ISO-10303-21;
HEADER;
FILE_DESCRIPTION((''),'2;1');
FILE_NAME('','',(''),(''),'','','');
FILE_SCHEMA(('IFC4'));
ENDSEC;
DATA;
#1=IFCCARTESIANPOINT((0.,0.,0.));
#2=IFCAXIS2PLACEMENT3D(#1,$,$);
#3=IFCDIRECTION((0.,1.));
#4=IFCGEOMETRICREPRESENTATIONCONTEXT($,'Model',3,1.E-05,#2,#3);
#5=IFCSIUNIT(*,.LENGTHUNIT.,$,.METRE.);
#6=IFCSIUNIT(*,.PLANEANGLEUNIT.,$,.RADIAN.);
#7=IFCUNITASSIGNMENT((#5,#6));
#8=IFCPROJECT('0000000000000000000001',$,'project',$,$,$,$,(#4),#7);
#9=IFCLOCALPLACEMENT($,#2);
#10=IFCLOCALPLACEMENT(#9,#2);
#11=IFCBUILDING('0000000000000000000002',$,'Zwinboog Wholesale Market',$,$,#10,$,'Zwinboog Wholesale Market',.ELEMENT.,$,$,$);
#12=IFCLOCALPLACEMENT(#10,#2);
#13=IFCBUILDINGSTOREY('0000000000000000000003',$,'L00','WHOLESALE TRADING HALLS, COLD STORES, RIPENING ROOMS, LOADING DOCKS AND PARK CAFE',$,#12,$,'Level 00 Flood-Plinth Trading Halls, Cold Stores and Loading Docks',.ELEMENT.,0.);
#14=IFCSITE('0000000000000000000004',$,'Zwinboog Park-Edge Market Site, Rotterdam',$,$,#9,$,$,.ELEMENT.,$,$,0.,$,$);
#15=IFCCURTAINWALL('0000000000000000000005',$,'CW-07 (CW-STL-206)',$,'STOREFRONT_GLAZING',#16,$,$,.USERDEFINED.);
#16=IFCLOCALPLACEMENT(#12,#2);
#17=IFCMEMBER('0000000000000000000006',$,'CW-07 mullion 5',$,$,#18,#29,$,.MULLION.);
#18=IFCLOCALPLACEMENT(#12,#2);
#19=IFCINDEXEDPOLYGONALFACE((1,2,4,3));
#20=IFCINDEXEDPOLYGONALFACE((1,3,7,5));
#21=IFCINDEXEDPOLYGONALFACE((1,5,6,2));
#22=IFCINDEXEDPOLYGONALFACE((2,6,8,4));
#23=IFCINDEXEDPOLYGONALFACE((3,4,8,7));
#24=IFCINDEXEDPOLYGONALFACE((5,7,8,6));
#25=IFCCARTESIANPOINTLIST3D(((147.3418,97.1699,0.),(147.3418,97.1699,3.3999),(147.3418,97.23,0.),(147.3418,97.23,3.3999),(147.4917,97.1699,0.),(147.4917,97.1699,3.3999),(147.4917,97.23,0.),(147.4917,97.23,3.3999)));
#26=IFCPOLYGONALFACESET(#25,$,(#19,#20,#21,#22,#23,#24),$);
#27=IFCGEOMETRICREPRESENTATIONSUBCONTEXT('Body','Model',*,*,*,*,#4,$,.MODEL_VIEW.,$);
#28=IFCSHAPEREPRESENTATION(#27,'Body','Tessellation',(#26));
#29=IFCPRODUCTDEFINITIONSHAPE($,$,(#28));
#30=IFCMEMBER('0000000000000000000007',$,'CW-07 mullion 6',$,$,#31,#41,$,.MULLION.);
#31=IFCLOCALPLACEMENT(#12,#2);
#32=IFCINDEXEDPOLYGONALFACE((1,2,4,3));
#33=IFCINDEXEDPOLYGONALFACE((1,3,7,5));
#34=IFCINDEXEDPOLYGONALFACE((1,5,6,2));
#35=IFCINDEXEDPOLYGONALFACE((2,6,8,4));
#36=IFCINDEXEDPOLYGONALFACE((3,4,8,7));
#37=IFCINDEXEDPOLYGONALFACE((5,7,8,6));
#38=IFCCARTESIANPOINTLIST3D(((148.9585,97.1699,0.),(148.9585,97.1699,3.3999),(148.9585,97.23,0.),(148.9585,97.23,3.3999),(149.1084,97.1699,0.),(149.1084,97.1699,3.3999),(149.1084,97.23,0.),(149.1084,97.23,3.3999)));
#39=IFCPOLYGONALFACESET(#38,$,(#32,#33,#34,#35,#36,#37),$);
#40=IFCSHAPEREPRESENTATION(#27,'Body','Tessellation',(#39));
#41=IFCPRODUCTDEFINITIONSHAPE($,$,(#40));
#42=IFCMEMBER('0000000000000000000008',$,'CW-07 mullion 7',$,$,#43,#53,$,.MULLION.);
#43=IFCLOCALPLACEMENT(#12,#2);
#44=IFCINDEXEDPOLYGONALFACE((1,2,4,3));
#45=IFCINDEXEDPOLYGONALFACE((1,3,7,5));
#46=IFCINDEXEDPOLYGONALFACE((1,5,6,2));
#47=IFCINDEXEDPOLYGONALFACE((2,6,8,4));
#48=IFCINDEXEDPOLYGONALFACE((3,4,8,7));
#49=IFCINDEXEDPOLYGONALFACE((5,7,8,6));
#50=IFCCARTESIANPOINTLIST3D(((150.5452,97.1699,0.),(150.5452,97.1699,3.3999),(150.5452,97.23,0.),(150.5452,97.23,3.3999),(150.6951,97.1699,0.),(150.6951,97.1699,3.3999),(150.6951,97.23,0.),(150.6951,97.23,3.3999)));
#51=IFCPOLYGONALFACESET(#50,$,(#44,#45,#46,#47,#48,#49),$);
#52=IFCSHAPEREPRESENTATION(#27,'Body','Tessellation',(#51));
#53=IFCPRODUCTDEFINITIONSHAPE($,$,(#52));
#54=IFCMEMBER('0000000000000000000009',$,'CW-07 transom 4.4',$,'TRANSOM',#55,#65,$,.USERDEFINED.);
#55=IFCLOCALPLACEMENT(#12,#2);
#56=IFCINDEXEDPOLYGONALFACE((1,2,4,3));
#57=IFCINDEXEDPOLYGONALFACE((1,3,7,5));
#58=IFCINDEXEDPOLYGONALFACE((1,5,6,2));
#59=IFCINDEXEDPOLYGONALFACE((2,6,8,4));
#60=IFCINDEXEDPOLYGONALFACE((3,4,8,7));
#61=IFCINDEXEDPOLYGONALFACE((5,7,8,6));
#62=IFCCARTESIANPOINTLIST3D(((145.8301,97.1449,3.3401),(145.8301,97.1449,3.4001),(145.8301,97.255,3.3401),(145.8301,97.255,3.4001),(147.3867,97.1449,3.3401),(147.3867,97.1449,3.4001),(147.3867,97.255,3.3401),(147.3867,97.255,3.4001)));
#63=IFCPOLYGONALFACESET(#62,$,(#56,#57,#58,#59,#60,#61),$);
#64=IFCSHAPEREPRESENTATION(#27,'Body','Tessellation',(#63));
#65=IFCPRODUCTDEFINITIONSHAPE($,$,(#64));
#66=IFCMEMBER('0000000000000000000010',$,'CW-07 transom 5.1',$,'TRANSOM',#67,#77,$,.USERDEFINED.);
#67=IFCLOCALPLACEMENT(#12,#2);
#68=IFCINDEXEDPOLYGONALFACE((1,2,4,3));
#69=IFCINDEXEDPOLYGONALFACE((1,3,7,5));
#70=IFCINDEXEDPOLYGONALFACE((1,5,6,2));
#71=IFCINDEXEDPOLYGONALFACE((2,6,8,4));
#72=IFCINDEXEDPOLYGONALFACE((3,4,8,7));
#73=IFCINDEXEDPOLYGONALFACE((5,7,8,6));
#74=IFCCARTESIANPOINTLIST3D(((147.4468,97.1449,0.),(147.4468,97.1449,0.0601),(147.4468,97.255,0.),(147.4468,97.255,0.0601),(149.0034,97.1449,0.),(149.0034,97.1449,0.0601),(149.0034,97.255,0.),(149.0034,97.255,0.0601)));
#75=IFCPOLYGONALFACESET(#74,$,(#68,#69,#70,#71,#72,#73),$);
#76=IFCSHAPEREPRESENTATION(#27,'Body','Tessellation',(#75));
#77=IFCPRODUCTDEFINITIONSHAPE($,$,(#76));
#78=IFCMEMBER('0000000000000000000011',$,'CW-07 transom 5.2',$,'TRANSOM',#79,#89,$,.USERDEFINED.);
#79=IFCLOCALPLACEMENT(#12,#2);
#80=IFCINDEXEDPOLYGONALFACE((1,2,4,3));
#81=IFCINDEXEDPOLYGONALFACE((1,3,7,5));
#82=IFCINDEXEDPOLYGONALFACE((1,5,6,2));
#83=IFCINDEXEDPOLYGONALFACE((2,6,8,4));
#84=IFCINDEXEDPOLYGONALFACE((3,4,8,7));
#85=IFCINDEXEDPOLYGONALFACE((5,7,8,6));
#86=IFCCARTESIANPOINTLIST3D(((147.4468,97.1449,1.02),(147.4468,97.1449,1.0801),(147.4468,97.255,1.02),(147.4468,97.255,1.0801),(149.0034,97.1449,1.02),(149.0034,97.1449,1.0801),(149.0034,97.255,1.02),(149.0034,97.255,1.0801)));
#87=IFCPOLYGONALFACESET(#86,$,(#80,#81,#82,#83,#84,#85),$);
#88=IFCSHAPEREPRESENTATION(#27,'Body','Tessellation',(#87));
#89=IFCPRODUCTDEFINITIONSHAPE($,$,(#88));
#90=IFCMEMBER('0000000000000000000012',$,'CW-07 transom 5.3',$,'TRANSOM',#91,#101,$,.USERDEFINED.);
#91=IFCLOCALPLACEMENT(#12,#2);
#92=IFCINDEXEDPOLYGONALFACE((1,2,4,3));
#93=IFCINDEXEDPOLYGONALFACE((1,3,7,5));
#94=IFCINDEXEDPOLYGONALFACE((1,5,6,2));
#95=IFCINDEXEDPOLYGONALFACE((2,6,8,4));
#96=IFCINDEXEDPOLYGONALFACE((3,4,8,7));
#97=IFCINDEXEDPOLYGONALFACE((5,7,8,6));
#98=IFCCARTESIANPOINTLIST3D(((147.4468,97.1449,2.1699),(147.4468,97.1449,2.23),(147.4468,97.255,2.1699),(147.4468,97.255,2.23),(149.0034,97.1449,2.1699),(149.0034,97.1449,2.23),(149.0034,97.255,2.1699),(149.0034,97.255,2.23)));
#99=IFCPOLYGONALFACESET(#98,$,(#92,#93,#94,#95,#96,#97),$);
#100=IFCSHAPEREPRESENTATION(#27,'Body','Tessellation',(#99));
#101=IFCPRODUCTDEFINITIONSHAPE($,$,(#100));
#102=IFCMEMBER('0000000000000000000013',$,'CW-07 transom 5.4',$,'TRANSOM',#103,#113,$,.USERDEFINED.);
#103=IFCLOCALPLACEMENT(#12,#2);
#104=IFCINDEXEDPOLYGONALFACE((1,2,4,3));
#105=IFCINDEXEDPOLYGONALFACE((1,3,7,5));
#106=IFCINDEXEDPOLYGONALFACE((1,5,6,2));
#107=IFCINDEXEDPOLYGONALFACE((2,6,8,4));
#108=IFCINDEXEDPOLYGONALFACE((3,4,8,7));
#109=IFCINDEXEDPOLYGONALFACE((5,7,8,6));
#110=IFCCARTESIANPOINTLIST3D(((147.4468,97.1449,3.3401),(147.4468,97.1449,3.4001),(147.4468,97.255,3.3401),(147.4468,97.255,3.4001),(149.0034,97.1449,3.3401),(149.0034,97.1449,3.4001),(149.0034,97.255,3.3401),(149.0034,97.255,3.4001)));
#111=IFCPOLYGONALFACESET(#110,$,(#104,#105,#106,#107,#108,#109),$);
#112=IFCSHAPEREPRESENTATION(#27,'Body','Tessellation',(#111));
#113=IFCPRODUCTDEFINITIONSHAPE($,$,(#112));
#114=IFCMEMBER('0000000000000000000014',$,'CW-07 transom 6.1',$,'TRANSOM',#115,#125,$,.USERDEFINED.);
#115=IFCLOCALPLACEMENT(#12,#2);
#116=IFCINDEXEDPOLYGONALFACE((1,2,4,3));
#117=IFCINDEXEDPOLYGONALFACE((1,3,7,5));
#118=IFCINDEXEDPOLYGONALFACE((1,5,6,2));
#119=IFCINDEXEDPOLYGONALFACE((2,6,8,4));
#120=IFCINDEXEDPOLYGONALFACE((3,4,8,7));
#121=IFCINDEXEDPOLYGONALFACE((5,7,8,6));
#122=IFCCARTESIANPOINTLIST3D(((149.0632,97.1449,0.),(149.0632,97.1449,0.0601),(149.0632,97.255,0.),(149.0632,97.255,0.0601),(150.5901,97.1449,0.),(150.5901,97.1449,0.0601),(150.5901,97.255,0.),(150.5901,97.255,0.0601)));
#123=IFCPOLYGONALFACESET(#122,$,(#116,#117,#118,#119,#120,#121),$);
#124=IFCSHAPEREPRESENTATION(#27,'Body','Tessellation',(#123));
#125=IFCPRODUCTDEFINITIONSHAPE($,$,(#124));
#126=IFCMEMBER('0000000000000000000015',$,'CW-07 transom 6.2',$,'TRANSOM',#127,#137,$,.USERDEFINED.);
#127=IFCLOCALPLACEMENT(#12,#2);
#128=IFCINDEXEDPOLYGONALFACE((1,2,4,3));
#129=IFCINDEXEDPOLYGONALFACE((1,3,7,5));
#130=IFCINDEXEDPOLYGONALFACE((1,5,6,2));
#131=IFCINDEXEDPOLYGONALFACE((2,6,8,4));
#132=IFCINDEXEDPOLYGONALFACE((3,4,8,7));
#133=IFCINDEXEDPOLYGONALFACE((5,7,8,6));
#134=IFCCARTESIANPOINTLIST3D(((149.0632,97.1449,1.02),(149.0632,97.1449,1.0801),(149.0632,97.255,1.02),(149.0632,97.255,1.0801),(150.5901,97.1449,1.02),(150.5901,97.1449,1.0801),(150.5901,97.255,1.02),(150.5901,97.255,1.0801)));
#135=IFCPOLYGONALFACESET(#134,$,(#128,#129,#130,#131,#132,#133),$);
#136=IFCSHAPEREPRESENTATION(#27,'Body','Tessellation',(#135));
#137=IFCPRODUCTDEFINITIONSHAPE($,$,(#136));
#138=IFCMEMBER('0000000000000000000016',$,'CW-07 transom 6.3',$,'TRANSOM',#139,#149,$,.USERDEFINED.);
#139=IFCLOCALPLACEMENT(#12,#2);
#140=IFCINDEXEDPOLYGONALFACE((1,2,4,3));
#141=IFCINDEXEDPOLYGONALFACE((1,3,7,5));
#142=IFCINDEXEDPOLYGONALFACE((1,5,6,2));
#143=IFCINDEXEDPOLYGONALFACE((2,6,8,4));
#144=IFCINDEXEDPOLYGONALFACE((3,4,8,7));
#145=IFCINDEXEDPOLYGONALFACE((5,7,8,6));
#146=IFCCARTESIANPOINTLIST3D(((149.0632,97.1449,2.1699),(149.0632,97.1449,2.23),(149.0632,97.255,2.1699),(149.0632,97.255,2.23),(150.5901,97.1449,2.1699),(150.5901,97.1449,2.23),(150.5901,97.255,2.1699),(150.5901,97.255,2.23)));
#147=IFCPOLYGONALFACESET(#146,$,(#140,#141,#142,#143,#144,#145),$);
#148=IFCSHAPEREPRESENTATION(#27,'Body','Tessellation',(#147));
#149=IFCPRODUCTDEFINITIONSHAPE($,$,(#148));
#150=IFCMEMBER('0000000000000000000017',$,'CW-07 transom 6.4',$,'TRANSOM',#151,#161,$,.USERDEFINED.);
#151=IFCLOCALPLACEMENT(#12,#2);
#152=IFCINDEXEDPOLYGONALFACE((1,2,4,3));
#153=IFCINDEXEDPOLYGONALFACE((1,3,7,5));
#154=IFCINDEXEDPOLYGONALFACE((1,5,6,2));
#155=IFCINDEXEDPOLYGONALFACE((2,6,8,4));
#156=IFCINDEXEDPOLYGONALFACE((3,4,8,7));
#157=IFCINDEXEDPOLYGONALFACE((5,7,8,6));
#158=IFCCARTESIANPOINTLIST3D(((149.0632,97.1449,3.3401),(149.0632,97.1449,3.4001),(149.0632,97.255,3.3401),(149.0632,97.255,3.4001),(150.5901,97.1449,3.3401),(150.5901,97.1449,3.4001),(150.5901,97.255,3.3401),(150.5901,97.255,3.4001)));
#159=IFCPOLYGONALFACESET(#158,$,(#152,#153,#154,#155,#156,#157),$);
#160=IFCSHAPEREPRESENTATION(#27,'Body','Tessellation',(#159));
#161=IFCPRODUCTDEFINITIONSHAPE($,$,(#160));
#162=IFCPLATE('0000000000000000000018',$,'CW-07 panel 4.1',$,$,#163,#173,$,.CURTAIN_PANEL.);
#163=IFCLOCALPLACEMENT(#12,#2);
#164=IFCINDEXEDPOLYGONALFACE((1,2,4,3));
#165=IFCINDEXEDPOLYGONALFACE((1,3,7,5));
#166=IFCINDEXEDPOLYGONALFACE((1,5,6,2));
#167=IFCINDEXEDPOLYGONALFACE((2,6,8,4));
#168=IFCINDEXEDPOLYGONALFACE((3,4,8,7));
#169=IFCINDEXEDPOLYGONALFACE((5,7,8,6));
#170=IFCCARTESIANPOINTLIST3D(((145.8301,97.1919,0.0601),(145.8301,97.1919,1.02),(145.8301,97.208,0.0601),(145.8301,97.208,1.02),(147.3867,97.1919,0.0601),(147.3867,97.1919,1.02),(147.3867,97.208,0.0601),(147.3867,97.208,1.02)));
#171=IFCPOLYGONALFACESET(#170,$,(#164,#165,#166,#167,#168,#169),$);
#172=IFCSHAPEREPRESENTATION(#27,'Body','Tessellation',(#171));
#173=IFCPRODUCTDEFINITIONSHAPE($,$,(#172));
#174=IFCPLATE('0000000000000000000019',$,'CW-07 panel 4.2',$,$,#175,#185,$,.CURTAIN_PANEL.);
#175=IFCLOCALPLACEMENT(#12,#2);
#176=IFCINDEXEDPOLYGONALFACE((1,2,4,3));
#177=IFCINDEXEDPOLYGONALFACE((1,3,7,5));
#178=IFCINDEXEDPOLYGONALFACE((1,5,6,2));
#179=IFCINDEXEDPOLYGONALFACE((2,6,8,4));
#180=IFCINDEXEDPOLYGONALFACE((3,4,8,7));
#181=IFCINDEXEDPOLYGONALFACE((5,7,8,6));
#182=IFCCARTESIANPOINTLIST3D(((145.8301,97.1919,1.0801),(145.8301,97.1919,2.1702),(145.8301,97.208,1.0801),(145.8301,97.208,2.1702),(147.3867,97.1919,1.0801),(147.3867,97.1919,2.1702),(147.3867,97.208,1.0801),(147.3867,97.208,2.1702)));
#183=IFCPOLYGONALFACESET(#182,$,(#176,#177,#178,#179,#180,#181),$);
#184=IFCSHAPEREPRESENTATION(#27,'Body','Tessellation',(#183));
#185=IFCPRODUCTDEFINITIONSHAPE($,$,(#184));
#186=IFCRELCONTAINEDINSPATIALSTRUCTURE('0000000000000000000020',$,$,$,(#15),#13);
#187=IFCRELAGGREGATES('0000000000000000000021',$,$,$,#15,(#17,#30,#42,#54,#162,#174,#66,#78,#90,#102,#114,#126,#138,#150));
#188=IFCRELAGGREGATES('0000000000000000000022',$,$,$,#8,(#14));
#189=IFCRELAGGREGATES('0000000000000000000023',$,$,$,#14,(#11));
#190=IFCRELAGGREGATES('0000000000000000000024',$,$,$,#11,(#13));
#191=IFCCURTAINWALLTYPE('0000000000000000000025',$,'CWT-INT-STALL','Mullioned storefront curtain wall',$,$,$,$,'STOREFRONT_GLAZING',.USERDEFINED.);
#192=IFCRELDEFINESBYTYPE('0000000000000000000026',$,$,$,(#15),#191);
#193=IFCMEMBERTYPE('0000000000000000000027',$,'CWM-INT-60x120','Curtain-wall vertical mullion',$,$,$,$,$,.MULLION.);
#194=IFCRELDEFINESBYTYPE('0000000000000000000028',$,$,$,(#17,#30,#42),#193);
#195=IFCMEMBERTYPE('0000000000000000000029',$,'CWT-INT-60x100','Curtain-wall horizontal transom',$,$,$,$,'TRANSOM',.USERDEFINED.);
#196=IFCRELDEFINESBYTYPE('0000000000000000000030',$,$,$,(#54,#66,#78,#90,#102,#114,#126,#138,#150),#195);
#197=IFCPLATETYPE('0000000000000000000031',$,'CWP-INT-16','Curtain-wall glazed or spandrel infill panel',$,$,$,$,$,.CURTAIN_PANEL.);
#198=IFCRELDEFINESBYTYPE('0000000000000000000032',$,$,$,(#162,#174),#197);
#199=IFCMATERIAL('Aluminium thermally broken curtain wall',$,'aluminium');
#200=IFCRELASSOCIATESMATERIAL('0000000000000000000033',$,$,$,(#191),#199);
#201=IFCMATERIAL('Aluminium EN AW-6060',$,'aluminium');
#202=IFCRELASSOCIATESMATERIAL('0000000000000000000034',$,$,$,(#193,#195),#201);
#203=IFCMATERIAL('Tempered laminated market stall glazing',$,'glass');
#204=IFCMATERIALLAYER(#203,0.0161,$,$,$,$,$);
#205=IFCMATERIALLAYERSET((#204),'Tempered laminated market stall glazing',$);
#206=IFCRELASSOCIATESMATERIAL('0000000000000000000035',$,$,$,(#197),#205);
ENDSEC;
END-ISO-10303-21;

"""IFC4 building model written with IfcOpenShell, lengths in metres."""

from ifc_helpers import new_model, si_unit, direction, frame, origin, origin_2d, place, context, subcontext, project, spatial, rectangle, extrude, material, layer, layer_set, material_profile, profile_set, type_object, element, aggregate, save


model = new_model("IFC4")

# Units and contexts
model_context = context("Model", 3, precision=1e-05, world=origin(), true_north=direction((0.0, 1.0)))
body_context = subcontext(model_context, "Body", "Model", "MODEL_VIEW")
ifc_project = project(units=[si_unit("LENGTHUNIT", "METRE"), si_unit("PLANEANGLEUNIT", "RADIAN")], contexts=[model_context])

# Site, building, storey
site_placement = place(None, origin())
site = spatial("IfcSite", under=ifc_project, at=site_placement, Name="Zwinboog Park-Edge Market Site, Rotterdam", CompositionType="ELEMENT", RefElevation=0.0)
building_placement = place(site_placement, origin())
building = spatial("IfcBuilding", under=site, at=building_placement, Name="Zwinboog Wholesale Market", LongName="Zwinboog Wholesale Market", CompositionType="ELEMENT")
storey_placement = place(building_placement, origin())
storey = spatial("IfcBuildingStorey", under=building, at=storey_placement, Name="L00", Description="WHOLESALE TRADING HALLS, COLD STORES, RIPENING ROOMS, LOADING DOCKS AND PARK CAFE", LongName="Level 00 Flood-Plinth Trading Halls, Cold Stores and Loading Docks", CompositionType="ELEMENT", Elevation=0.0)

# Curtain wall, members, plates
ifc_material_1 = material(Name="Aluminium thermally broken curtain wall", Category="aluminium")
curtain_wall_type = type_object("IfcCurtainWallType", Name="CWT-INT-STALL", Description="Mullioned storefront curtain wall", ElementType="STOREFRONT_GLAZING", PredefinedType="USERDEFINED", material=ifc_material_1)
curtain_wall_placement = place(storey_placement, origin())
curtain_wall = element("IfcCurtainWall", 1, at=curtain_wall_placement, inside=storey, type_object=curtain_wall_type, Name="CW-07 (CW-STL-206)", ObjectType="STOREFRONT_GLAZING", PredefinedType="USERDEFINED")
ifc_material_2 = material(Name="Aluminium EN AW-6060", Category="aluminium")
ifc_material_profile_1 = material_profile(ifc_material_2, rectangle(XDim=0.0601, YDim=0.1499, at=origin_2d()), Name="AL 60x150")
ifc_profile_set_1 = profile_set([ifc_material_profile_1], Name="Aluminium EN AW-6060")
member_type_1 = type_object("IfcMemberType", Name="CWM-INT-60x120", Description="Curtain-wall vertical mullion", PredefinedType="MULLION", material=ifc_profile_set_1)
member_1_placement = place(storey_placement, frame((147.4167, 97.2, 0.0), z_axis=(0.0, 0.0, 1.0), x_axis=(0.0, 1.0, 0.0)))
member_1 = element("IfcMember", 2, at=member_1_placement, type_object=member_type_1, Name="CW-07 mullion 5", PredefinedType="MULLION", context=body_context, shape_type="SweptSolid", body=[
    extrude(rectangle(XDim=0.0601, YDim=0.1499, at=origin_2d()), origin(), (0.0, 0.0, 1.0), 3.3999),
])
member_2_placement = place(storey_placement, frame((149.0334, 97.2, 0.0), z_axis=(0.0, 0.0, 1.0), x_axis=(0.0, 1.0, 0.0)))
member_2 = element("IfcMember", 3, at=member_2_placement, type_object=member_type_1, Name="CW-07 mullion 6", PredefinedType="MULLION", context=body_context, shape_type="SweptSolid", body=[
    extrude(rectangle(XDim=0.0601, YDim=0.1499, at=origin_2d()), origin(), (0.0, 0.0, 1.0), 3.3999),
])
member_3_placement = place(storey_placement, frame((150.6201, 97.2, 0.0), z_axis=(0.0, 0.0, 1.0), x_axis=(0.0, 1.0, 0.0)))
member_3 = element("IfcMember", 4, at=member_3_placement, type_object=member_type_1, Name="CW-07 mullion 7", PredefinedType="MULLION", context=body_context, shape_type="SweptSolid", body=[
    extrude(rectangle(XDim=0.0601, YDim=0.1499, at=origin_2d()), origin(), (0.0, 0.0, 1.0), 3.3999),
])
ifc_material_profile_2 = material_profile(ifc_material_2, rectangle(XDim=0.1101, YDim=0.0601, at=origin_2d()), Name="AL 60x110")
ifc_profile_set_2 = profile_set([ifc_material_profile_2], Name="Aluminium EN AW-6060")
member_type_2 = type_object("IfcMemberType", Name="CWT-INT-60x100", Description="Curtain-wall horizontal transom", ElementType="TRANSOM", PredefinedType="USERDEFINED", material=ifc_profile_set_2)
member_4_placement = place(storey_placement, frame((145.8301, 97.2, 3.3701), z_axis=(1.0, 0.0, 0.0), x_axis=(0.0, 1.0, 0.0)))
member_4 = element("IfcMember", 5, at=member_4_placement, type_object=member_type_2, Name="CW-07 transom 4.4", ObjectType="TRANSOM", PredefinedType="USERDEFINED", context=body_context, shape_type="SweptSolid", body=[
    extrude(rectangle(XDim=0.1101, YDim=0.0601, at=origin_2d()), origin(), (0.0, 0.0, 1.0), 1.5566),
])
member_5_placement = place(storey_placement, frame((147.4468, 97.2, 0.03), z_axis=(1.0, 0.0, 0.0), x_axis=(0.0, 1.0, 0.0)))
member_5 = element("IfcMember", 6, at=member_5_placement, type_object=member_type_2, Name="CW-07 transom 5.1", ObjectType="TRANSOM", PredefinedType="USERDEFINED", context=body_context, shape_type="SweptSolid", body=[
    extrude(rectangle(XDim=0.1101, YDim=0.0601, at=origin_2d()), origin(), (0.0, 0.0, 1.0), 1.5566),
])
member_6_placement = place(storey_placement, frame((147.4468, 97.2, 1.05), z_axis=(1.0, 0.0, 0.0), x_axis=(0.0, 1.0, 0.0)))
member_6 = element("IfcMember", 7, at=member_6_placement, type_object=member_type_2, Name="CW-07 transom 5.2", ObjectType="TRANSOM", PredefinedType="USERDEFINED", context=body_context, shape_type="SweptSolid", body=[
    extrude(rectangle(XDim=0.1101, YDim=0.0601, at=origin_2d()), origin(), (0.0, 0.0, 1.0), 1.5566),
])
member_7_placement = place(storey_placement, frame((147.4468, 97.2, 2.2), z_axis=(1.0, 0.0, 0.0), x_axis=(0.0, 1.0, 0.0)))
member_7 = element("IfcMember", 8, at=member_7_placement, type_object=member_type_2, Name="CW-07 transom 5.3", ObjectType="TRANSOM", PredefinedType="USERDEFINED", context=body_context, shape_type="SweptSolid", body=[
    extrude(rectangle(XDim=0.1101, YDim=0.0601, at=origin_2d()), origin(), (0.0, 0.0, 1.0), 1.5566),
])
member_8_placement = place(storey_placement, frame((147.4468, 97.2, 3.3701), z_axis=(1.0, 0.0, 0.0), x_axis=(0.0, 1.0, 0.0)))
member_8 = element("IfcMember", 9, at=member_8_placement, type_object=member_type_2, Name="CW-07 transom 5.4", ObjectType="TRANSOM", PredefinedType="USERDEFINED", context=body_context, shape_type="SweptSolid", body=[
    extrude(rectangle(XDim=0.1101, YDim=0.0601, at=origin_2d()), origin(), (0.0, 0.0, 1.0), 1.5566),
])
member_9_placement = place(storey_placement, frame((149.0632, 97.2, 0.03), z_axis=(1.0, 0.0, 0.0), x_axis=(0.0, 1.0, 0.0)))
member_9 = element("IfcMember", 10, at=member_9_placement, type_object=member_type_2, Name="CW-07 transom 6.1", ObjectType="TRANSOM", PredefinedType="USERDEFINED", context=body_context, shape_type="SweptSolid", body=[
    extrude(rectangle(XDim=0.1101, YDim=0.0601, at=origin_2d()), origin(), (0.0, 0.0, 1.0), 1.5269),
])
member_10_placement = place(storey_placement, frame((149.0632, 97.2, 1.05), z_axis=(1.0, 0.0, 0.0), x_axis=(0.0, 1.0, 0.0)))
member_10 = element("IfcMember", 11, at=member_10_placement, type_object=member_type_2, Name="CW-07 transom 6.2", ObjectType="TRANSOM", PredefinedType="USERDEFINED", context=body_context, shape_type="SweptSolid", body=[
    extrude(rectangle(XDim=0.1101, YDim=0.0601, at=origin_2d()), origin(), (0.0, 0.0, 1.0), 1.5269),
])
member_11_placement = place(storey_placement, frame((149.0632, 97.2, 2.2), z_axis=(1.0, 0.0, 0.0), x_axis=(0.0, 1.0, 0.0)))
member_11 = element("IfcMember", 12, at=member_11_placement, type_object=member_type_2, Name="CW-07 transom 6.3", ObjectType="TRANSOM", PredefinedType="USERDEFINED", context=body_context, shape_type="SweptSolid", body=[
    extrude(rectangle(XDim=0.1101, YDim=0.0601, at=origin_2d()), origin(), (0.0, 0.0, 1.0), 1.5269),
])
member_12_placement = place(storey_placement, frame((149.0632, 97.2, 3.3701), z_axis=(1.0, 0.0, 0.0), x_axis=(0.0, 1.0, 0.0)))
member_12 = element("IfcMember", 13, at=member_12_placement, type_object=member_type_2, Name="CW-07 transom 6.4", ObjectType="TRANSOM", PredefinedType="USERDEFINED", context=body_context, shape_type="SweptSolid", body=[
    extrude(rectangle(XDim=0.1101, YDim=0.0601, at=origin_2d()), origin(), (0.0, 0.0, 1.0), 1.5269),
])
ifc_material_3 = material(Name="Tempered laminated market stall glazing", Category="glass")
ifc_layer = layer(ifc_material_3, 0.0161)
ifc_layer_set = layer_set([ifc_layer], Name="Tempered laminated market stall glazing")
plate_type = type_object("IfcPlateType", Name="CWP-INT-16", Description="Curtain-wall glazed or spandrel infill panel", PredefinedType="CURTAIN_PANEL", material=ifc_layer_set)
plate_1_placement = place(storey_placement, frame((146.6084, 97.2, 0.0601), z_axis=(0.0, 0.0, 1.0), x_axis=(1.0, 0.0, 0.0)))
plate_1 = element("IfcPlate", 14, at=plate_1_placement, type_object=plate_type, Name="CW-07 panel 4.1", PredefinedType="CURTAIN_PANEL", context=body_context, shape_type="SweptSolid", body=[
    extrude(rectangle(XDim=1.5566, YDim=0.0161, at=origin_2d()), origin(), (0.0, 0.0, 1.0), 0.96),
])
plate_2_placement = place(storey_placement, frame((146.6084, 97.2, 1.0801), z_axis=(0.0, 0.0, 1.0), x_axis=(1.0, 0.0, 0.0)))
plate_2 = element("IfcPlate", 15, at=plate_2_placement, type_object=plate_type, Name="CW-07 panel 4.2", PredefinedType="CURTAIN_PANEL", context=body_context, shape_type="SweptSolid", body=[
    extrude(rectangle(XDim=1.5566, YDim=0.0161, at=origin_2d()), origin(), (0.0, 0.0, 1.0), 1.0901),
])
aggregate(curtain_wall, [member_1, member_2, member_3, member_4, plate_1, plate_2, member_5, member_6, member_7, member_8, member_9, member_10, member_11, member_12])

save(model, "model.ifc")
